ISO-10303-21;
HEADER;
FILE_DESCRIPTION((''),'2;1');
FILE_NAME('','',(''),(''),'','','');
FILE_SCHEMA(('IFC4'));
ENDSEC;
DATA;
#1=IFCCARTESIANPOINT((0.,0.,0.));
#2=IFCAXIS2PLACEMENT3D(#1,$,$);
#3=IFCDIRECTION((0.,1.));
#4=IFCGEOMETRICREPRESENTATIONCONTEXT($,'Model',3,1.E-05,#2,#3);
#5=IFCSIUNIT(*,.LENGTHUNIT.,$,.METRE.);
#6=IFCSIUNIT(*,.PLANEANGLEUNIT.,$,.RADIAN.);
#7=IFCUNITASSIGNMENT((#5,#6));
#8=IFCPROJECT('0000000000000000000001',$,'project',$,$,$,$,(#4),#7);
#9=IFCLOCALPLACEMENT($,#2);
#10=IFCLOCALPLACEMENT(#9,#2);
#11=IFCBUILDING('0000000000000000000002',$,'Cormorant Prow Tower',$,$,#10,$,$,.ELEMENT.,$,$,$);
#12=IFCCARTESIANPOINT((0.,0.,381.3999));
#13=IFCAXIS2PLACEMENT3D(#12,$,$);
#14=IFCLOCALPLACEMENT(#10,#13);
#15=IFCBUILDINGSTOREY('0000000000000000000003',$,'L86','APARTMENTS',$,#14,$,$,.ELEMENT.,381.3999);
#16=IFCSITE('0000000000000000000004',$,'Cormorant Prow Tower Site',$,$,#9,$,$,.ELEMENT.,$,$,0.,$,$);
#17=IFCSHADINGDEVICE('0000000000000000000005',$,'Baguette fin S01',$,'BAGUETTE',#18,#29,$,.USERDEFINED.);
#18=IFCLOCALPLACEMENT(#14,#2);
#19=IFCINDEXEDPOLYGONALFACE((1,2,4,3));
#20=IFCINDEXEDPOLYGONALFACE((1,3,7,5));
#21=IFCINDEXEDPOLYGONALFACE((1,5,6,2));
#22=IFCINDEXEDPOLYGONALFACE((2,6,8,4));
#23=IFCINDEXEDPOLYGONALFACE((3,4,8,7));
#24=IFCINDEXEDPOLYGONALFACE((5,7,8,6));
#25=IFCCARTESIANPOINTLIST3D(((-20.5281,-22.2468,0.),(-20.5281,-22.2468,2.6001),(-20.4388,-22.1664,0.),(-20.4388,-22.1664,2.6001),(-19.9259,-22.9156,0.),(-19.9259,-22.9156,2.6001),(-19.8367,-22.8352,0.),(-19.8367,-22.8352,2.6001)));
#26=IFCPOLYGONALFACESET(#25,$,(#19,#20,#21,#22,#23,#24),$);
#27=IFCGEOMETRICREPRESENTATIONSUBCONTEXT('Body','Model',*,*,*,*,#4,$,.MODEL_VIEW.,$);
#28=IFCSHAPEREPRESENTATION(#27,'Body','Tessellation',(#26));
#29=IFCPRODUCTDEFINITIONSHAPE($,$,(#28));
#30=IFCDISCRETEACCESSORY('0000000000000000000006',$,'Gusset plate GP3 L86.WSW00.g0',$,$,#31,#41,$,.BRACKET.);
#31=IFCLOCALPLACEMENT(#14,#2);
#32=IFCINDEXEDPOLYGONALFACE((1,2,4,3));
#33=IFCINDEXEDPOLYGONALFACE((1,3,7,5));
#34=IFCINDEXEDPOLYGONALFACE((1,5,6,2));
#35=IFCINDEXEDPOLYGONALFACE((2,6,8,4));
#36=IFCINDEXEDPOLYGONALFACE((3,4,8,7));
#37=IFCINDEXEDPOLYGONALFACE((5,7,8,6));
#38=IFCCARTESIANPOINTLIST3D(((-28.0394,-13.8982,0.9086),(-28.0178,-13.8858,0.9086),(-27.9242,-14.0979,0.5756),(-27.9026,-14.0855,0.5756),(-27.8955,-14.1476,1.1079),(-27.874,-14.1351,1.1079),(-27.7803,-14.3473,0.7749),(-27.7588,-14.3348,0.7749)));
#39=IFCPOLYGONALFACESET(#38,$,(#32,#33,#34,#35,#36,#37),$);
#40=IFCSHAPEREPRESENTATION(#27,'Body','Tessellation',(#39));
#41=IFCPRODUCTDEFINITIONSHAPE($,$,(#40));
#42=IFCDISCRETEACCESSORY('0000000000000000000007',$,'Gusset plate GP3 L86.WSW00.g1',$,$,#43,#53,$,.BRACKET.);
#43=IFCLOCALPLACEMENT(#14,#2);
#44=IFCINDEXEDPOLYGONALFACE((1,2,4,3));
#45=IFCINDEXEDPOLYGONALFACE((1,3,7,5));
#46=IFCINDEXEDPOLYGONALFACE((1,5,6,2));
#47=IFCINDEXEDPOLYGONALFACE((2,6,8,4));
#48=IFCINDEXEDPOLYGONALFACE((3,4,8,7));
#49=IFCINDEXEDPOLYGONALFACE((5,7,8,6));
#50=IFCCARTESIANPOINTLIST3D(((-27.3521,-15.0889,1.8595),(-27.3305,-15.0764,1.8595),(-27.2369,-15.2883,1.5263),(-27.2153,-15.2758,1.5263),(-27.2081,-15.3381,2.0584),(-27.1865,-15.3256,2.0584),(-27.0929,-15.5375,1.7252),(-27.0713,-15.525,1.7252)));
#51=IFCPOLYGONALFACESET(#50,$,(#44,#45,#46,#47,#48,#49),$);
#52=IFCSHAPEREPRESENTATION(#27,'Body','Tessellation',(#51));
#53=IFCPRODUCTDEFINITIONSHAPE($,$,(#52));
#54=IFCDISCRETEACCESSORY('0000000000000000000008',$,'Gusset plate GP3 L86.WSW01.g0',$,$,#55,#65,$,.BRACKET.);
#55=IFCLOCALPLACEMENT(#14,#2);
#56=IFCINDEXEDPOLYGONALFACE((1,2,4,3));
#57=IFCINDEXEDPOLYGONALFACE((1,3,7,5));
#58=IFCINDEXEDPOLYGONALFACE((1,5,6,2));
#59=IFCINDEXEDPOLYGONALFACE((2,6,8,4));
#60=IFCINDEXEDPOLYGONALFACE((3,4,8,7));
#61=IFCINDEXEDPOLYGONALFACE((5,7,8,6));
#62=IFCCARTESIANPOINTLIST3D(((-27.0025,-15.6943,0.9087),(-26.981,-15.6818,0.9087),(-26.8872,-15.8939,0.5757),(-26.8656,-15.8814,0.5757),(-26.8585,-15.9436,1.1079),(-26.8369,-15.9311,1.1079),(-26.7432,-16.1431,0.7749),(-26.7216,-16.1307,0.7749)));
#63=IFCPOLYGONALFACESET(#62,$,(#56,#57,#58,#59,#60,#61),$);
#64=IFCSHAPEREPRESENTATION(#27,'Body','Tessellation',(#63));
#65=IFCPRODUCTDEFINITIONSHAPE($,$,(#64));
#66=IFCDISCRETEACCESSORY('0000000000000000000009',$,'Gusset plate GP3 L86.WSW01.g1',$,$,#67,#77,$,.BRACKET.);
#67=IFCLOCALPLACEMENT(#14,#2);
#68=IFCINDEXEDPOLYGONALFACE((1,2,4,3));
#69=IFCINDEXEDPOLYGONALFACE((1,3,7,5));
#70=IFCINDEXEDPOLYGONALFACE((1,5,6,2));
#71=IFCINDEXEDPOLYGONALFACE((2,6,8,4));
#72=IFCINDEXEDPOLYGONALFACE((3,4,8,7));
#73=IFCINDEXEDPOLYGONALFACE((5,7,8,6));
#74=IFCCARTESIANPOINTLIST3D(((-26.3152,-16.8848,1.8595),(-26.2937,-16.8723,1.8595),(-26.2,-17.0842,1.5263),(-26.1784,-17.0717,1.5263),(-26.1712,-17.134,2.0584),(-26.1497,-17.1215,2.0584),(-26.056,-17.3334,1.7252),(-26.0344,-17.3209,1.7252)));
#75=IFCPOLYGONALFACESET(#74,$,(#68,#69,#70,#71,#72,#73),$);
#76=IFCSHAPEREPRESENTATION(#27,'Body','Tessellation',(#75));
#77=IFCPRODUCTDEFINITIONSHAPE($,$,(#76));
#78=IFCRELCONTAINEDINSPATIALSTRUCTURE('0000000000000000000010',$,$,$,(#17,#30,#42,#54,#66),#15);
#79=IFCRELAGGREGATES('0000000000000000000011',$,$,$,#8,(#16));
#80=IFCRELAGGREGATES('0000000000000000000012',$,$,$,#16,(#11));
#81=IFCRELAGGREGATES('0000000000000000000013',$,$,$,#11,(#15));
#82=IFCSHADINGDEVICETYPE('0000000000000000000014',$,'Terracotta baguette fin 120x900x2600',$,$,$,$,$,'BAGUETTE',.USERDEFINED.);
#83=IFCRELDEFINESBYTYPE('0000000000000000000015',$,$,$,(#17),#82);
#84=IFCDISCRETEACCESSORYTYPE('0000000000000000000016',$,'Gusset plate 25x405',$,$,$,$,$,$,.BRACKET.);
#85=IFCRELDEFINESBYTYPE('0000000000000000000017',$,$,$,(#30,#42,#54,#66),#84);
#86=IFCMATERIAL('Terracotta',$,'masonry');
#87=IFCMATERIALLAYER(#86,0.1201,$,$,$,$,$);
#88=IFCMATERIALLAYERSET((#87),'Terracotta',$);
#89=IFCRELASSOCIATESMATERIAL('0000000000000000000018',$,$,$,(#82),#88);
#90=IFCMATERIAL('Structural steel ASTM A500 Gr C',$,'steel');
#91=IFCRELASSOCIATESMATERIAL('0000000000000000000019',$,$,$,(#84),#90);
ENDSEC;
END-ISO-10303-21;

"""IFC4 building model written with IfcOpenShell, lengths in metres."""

from ifc_helpers import new_model, si_unit, direction, frame, origin, origin_2d, place, context, subcontext, project, spatial, rectangle, extrude, material, layer, layer_set, material_profile, profile_set, type_object, element, save


model = new_model("IFC4")

# Units and contexts
model_context = context("Model", 3, precision=1e-05, world=origin(), true_north=direction((0.0, 1.0)))
body_context = subcontext(model_context, "Body", "Model", "MODEL_VIEW")
ifc_project = project(units=[si_unit("LENGTHUNIT", "METRE"), si_unit("PLANEANGLEUNIT", "RADIAN")], contexts=[model_context])

# Site, building, storey
site_placement = place(None, origin())
site = spatial("IfcSite", under=ifc_project, at=site_placement, Name="Cormorant Prow Tower Site", CompositionType="ELEMENT", RefElevation=0.0)
building_placement = place(site_placement, origin())
building = spatial("IfcBuilding", under=site, at=building_placement, Name="Cormorant Prow Tower", CompositionType="ELEMENT")
storey_placement = place(building_placement, frame((0.0, 0.0, 381.3999)))
storey = spatial("IfcBuildingStorey", under=building, at=storey_placement, Name="L86", Description="APARTMENTS", CompositionType="ELEMENT", Elevation=381.3999)

# Shading device
ifc_material_1 = material(Name="Terracotta", Category="masonry")
ifc_layer_1 = layer(ifc_material_1, 0.1201)
ifc_layer_set_1 = layer_set([ifc_layer_1], Name="Terracotta")
shading_device_type = type_object("IfcShadingDeviceType", Name="Terracotta baguette fin 120x900x2600", ElementType="BAGUETTE", PredefinedType="USERDEFINED", material=ifc_layer_set_1)
shading_device_placement = place(storey_placement, frame((-20.1824, -22.541, 0.0), z_axis=(0.0, 0.0, 1.0), x_axis=(0.743145, 0.669131, 0.0)))
element("IfcShadingDevice", 1, at=shading_device_placement, inside=storey, type_object=shading_device_type, Name="Baguette fin S01", ObjectType="BAGUETTE", PredefinedType="USERDEFINED", context=body_context, shape_type="SweptSolid", body=[
    extrude(rectangle(XDim=0.1201, YDim=0.8999, at=origin_2d()), origin(), (0.0, 0.0, 1.0), 2.6001),
])

# Discrete accessories
ifc_material_2 = material(Name="Structural steel ASTM A500 Gr C", Category="steel")
ifc_material_profile_1 = material_profile(ifc_material_2, rectangle(XDim=0.0249, YDim=0.405, at=origin_2d()), Name="Gusset plate 25x405")
ifc_profile_set_1 = profile_set([ifc_material_profile_1], Name="Structural steel ASTM A500 Gr C")
discrete_accessory_type = type_object("IfcDiscreteAccessoryType", Name="Gusset plate 25x405", PredefinedType="BRACKET", material=ifc_profile_set_1)
discrete_accessory_1_placement = place(storey_placement, frame((-27.8271, -14.2412, 0.9414), z_axis=(-0.410853, 0.712192, -0.569195), x_axis=(-0.8662, -0.499698, 0.0)))
element("IfcDiscreteAccessory", 2, at=discrete_accessory_1_placement, inside=storey, type_object=discrete_accessory_type, Name="Gusset plate GP3 L86.WSW00.g0", PredefinedType="BRACKET", context=body_context, shape_type="SweptSolid", body=[
    extrude(rectangle(XDim=0.0249, YDim=0.405, at=origin_2d()), origin(), (0.0, 0.0, 1.0), 0.3501),
])
discrete_accessory_2_placement = place(storey_placement, frame((-27.2837, -15.1824, 1.6929), z_axis=(0.411596, -0.71227, 0.56856), x_axis=(0.865832, 0.500334, 0.0)))
element("IfcDiscreteAccessory", 3, at=discrete_accessory_2_placement, inside=storey, type_object=discrete_accessory_type, Name="Gusset plate GP3 L86.WSW00.g1", PredefinedType="BRACKET", context=body_context, shape_type="SweptSolid", body=[
    extrude(rectangle(XDim=0.0249, YDim=0.405, at=origin_2d()), origin(), (0.0, 0.0, 1.0), 0.3499),
])
discrete_accessory_3_placement = place(storey_placement, frame((-26.79, -16.0371, 0.9414), z_axis=(-0.411432, 0.711987, -0.569032), x_axis=(-0.865832, -0.500334, 0.0)))
element("IfcDiscreteAccessory", 4, at=discrete_accessory_3_placement, inside=storey, type_object=discrete_accessory_type, Name="Gusset plate GP3 L86.WSW01.g0", PredefinedType="BRACKET", context=body_context, shape_type="SweptSolid", body=[
    extrude(rectangle(XDim=0.0249, YDim=0.405, at=origin_2d()), origin(), (0.0, 0.0, 1.0), 0.3501),
])
discrete_accessory_4_placement = place(storey_placement, frame((-26.2468, -16.9783, 1.6929), z_axis=(0.411596, -0.71227, 0.56856), x_axis=(0.865832, 0.500334, 0.0)))
element("IfcDiscreteAccessory", 5, at=discrete_accessory_4_placement, inside=storey, type_object=discrete_accessory_type, Name="Gusset plate GP3 L86.WSW01.g1", PredefinedType="BRACKET", context=body_context, shape_type="SweptSolid", body=[
    extrude(rectangle(XDim=0.0249, YDim=0.405, at=origin_2d()), origin(), (0.0, 0.0, 1.0), 0.3499),
])

save(model, "model.ifc")
